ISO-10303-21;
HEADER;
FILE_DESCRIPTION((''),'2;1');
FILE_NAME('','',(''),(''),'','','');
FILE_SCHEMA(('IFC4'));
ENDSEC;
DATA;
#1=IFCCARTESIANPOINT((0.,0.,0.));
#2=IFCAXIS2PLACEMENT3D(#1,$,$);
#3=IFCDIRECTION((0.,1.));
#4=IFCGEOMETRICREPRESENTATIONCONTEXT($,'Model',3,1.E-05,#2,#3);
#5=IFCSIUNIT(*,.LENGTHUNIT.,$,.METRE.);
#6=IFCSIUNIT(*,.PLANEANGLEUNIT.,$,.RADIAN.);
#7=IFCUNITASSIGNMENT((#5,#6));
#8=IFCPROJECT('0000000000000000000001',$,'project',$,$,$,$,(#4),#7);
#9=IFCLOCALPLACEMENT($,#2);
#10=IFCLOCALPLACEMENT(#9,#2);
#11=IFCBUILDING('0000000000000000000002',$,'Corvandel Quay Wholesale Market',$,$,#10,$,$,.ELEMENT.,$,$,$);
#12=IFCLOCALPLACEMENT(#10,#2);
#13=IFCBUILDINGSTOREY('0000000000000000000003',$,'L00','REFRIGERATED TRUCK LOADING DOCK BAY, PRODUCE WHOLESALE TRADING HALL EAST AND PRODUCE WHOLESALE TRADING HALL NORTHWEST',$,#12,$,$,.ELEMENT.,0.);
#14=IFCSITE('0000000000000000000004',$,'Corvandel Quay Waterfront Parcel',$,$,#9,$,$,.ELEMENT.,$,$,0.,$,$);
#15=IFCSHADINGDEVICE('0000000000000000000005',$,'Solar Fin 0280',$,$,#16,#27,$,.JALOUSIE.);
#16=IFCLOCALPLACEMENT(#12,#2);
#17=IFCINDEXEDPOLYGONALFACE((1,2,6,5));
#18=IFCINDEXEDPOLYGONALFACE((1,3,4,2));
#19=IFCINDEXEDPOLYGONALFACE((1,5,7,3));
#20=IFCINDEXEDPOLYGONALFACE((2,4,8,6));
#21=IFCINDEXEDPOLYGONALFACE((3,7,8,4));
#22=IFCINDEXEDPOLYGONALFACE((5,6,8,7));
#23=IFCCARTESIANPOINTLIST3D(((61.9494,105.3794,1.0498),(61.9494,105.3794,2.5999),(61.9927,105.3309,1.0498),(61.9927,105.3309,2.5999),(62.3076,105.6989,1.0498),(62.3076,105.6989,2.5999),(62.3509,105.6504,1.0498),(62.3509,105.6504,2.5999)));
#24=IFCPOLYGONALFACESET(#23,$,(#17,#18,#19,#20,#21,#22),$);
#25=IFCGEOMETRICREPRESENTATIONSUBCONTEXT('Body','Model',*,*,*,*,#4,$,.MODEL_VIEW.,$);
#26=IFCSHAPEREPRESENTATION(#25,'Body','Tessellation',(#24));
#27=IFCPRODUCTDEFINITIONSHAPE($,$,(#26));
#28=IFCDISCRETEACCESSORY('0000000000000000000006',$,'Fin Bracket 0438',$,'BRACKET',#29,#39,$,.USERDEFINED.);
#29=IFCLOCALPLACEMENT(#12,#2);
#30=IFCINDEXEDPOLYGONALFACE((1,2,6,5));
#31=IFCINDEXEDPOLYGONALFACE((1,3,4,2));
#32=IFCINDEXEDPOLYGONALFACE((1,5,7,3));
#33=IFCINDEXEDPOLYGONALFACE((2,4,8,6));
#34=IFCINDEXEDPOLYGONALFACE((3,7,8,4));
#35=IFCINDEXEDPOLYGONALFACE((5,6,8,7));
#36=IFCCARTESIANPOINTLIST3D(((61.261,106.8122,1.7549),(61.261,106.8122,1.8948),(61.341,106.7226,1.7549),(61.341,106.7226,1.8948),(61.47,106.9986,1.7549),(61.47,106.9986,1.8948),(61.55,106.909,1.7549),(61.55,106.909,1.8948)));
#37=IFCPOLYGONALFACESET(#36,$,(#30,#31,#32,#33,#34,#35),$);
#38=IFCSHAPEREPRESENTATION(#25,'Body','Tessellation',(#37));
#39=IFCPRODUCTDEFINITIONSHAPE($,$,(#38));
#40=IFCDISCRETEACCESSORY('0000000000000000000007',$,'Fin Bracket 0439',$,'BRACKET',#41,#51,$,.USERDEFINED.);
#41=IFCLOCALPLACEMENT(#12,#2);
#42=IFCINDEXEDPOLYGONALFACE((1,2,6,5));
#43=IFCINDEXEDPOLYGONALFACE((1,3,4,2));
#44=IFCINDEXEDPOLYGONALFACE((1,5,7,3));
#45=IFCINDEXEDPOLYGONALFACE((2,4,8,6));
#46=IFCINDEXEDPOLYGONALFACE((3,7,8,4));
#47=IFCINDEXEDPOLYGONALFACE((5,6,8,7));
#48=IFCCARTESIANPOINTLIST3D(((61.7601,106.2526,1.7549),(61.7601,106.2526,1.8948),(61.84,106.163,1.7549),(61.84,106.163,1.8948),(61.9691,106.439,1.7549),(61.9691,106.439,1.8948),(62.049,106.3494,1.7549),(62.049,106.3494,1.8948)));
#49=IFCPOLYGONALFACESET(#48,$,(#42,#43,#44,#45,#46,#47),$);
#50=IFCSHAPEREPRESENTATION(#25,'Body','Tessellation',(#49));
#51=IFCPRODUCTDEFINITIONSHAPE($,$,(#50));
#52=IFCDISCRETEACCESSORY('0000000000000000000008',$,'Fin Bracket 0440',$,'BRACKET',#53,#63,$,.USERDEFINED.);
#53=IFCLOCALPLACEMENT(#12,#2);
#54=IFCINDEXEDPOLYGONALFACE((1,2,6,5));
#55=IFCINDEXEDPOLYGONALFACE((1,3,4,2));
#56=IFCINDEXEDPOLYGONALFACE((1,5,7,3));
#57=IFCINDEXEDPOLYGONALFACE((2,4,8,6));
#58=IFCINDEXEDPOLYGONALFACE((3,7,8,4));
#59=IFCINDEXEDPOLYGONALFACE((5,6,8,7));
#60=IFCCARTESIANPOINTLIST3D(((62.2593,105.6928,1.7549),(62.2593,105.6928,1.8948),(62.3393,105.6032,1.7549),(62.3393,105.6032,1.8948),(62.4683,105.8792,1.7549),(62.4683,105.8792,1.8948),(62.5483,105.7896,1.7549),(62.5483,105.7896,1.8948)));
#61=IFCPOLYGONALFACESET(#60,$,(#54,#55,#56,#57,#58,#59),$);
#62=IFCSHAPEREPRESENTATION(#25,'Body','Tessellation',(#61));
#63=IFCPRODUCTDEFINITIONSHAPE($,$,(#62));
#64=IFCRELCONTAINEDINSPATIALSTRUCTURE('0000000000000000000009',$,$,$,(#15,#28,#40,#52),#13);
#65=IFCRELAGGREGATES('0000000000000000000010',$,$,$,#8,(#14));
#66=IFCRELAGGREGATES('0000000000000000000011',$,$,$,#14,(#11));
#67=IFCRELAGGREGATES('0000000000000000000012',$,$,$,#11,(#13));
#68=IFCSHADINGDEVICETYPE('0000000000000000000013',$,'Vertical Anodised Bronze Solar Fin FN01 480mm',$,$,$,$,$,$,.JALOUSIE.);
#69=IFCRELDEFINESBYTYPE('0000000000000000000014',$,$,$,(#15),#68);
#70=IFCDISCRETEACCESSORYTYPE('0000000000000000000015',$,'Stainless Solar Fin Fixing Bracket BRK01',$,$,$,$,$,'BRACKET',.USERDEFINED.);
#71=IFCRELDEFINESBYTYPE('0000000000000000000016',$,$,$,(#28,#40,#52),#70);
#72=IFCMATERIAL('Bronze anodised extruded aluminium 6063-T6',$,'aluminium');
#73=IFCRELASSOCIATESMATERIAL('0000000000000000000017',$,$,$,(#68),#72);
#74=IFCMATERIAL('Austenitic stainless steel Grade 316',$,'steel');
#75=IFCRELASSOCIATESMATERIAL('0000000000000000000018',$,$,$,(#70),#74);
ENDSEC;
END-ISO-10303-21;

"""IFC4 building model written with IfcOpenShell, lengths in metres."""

from ifc_helpers import new_model, si_unit, direction, frame, origin, origin_2d, place, context, subcontext, project, spatial, rectangle, extrude, material, type_object, element, save


model = new_model("IFC4")

# Units and contexts
model_context = context("Model", 3, precision=1e-05, world=origin(), true_north=direction((0.0, 1.0)))
body_context = subcontext(model_context, "Body", "Model", "MODEL_VIEW")
ifc_project = project(units=[si_unit("LENGTHUNIT", "METRE"), si_unit("PLANEANGLEUNIT", "RADIAN")], contexts=[model_context])

# Site, building, storey
site_placement = place(None, origin())
site = spatial("IfcSite", under=ifc_project, at=site_placement, Name="Corvandel Quay Waterfront Parcel", CompositionType="ELEMENT", RefElevation=0.0)
building_placement = place(site_placement, origin())
building = spatial("IfcBuilding", under=site, at=building_placement, Name="Corvandel Quay Wholesale Market", CompositionType="ELEMENT")
storey_placement = place(building_placement, origin())
storey = spatial("IfcBuildingStorey", under=building, at=storey_placement, Name="L00", Description="REFRIGERATED TRUCK LOADING DOCK BAY, PRODUCE WHOLESALE TRADING HALL EAST AND PRODUCE WHOLESALE TRADING HALL NORTHWEST", CompositionType="ELEMENT", Elevation=0.0)

# Shading device
ifc_material_1 = material(Name="Bronze anodised extruded aluminium 6063-T6", Category="aluminium")
shading_device_type = type_object("IfcShadingDeviceType", Name="Vertical Anodised Bronze Solar Fin FN01 480mm", PredefinedType="JALOUSIE", material=ifc_material_1)
for number, where, z_axis, x_axis, name in (
    (1, (62.1501, 105.5149, 1.0498), (0.0, 0.0, 1.0), (0.74629, 0.665621, 0.0), "Solar Fin 0280"),
):
    element("IfcShadingDevice", number, at=place(storey_placement, frame(where, z_axis=z_axis, x_axis=x_axis)), inside=storey, type_object=shading_device_type, Name=name, PredefinedType="JALOUSIE", context=body_context, shape_type="SweptSolid", body=[
        extrude(rectangle(XDim=0.48, YDim=0.0649, at=origin_2d()), origin(), (0.0, 0.0, 1.0), 1.55),
    ])

# Discrete accessories
ifc_material_2 = material(Name="Austenitic stainless steel Grade 316", Category="steel")
discrete_accessory_type = type_object("IfcDiscreteAccessoryType", Name="Stainless Solar Fin Fixing Bracket BRK01", ElementType="BRACKET", PredefinedType="USERDEFINED", material=ifc_material_2)
for number, where, z_axis, x_axis, name in (
    (2, (61.4055, 106.8606, 1.7549), (0.0, 0.0, 1.0), (0.74629, 0.665621, 0.0), "Fin Bracket 0438"),
    (3, (61.9045, 106.301, 1.7549), (0.0, 0.0, 1.0), (0.74629, 0.665621, 0.0), "Fin Bracket 0439"),
    (4, (62.4038, 105.7412, 1.7549), (0.0, 0.0, 1.0), (0.74629, 0.665621, 0.0), "Fin Bracket 0440"),
):
    element("IfcDiscreteAccessory", number, at=place(storey_placement, frame(where, z_axis=z_axis, x_axis=x_axis)), inside=storey, type_object=discrete_accessory_type, Name=name, ObjectType="BRACKET", PredefinedType="USERDEFINED", context=body_context, shape_type="SweptSolid", body=[
        extrude(rectangle(XDim=0.28, YDim=0.1201, at=origin_2d()), origin(), (0.0, 0.0, 1.0), 0.1399),
    ])

save(model, "model.ifc")
